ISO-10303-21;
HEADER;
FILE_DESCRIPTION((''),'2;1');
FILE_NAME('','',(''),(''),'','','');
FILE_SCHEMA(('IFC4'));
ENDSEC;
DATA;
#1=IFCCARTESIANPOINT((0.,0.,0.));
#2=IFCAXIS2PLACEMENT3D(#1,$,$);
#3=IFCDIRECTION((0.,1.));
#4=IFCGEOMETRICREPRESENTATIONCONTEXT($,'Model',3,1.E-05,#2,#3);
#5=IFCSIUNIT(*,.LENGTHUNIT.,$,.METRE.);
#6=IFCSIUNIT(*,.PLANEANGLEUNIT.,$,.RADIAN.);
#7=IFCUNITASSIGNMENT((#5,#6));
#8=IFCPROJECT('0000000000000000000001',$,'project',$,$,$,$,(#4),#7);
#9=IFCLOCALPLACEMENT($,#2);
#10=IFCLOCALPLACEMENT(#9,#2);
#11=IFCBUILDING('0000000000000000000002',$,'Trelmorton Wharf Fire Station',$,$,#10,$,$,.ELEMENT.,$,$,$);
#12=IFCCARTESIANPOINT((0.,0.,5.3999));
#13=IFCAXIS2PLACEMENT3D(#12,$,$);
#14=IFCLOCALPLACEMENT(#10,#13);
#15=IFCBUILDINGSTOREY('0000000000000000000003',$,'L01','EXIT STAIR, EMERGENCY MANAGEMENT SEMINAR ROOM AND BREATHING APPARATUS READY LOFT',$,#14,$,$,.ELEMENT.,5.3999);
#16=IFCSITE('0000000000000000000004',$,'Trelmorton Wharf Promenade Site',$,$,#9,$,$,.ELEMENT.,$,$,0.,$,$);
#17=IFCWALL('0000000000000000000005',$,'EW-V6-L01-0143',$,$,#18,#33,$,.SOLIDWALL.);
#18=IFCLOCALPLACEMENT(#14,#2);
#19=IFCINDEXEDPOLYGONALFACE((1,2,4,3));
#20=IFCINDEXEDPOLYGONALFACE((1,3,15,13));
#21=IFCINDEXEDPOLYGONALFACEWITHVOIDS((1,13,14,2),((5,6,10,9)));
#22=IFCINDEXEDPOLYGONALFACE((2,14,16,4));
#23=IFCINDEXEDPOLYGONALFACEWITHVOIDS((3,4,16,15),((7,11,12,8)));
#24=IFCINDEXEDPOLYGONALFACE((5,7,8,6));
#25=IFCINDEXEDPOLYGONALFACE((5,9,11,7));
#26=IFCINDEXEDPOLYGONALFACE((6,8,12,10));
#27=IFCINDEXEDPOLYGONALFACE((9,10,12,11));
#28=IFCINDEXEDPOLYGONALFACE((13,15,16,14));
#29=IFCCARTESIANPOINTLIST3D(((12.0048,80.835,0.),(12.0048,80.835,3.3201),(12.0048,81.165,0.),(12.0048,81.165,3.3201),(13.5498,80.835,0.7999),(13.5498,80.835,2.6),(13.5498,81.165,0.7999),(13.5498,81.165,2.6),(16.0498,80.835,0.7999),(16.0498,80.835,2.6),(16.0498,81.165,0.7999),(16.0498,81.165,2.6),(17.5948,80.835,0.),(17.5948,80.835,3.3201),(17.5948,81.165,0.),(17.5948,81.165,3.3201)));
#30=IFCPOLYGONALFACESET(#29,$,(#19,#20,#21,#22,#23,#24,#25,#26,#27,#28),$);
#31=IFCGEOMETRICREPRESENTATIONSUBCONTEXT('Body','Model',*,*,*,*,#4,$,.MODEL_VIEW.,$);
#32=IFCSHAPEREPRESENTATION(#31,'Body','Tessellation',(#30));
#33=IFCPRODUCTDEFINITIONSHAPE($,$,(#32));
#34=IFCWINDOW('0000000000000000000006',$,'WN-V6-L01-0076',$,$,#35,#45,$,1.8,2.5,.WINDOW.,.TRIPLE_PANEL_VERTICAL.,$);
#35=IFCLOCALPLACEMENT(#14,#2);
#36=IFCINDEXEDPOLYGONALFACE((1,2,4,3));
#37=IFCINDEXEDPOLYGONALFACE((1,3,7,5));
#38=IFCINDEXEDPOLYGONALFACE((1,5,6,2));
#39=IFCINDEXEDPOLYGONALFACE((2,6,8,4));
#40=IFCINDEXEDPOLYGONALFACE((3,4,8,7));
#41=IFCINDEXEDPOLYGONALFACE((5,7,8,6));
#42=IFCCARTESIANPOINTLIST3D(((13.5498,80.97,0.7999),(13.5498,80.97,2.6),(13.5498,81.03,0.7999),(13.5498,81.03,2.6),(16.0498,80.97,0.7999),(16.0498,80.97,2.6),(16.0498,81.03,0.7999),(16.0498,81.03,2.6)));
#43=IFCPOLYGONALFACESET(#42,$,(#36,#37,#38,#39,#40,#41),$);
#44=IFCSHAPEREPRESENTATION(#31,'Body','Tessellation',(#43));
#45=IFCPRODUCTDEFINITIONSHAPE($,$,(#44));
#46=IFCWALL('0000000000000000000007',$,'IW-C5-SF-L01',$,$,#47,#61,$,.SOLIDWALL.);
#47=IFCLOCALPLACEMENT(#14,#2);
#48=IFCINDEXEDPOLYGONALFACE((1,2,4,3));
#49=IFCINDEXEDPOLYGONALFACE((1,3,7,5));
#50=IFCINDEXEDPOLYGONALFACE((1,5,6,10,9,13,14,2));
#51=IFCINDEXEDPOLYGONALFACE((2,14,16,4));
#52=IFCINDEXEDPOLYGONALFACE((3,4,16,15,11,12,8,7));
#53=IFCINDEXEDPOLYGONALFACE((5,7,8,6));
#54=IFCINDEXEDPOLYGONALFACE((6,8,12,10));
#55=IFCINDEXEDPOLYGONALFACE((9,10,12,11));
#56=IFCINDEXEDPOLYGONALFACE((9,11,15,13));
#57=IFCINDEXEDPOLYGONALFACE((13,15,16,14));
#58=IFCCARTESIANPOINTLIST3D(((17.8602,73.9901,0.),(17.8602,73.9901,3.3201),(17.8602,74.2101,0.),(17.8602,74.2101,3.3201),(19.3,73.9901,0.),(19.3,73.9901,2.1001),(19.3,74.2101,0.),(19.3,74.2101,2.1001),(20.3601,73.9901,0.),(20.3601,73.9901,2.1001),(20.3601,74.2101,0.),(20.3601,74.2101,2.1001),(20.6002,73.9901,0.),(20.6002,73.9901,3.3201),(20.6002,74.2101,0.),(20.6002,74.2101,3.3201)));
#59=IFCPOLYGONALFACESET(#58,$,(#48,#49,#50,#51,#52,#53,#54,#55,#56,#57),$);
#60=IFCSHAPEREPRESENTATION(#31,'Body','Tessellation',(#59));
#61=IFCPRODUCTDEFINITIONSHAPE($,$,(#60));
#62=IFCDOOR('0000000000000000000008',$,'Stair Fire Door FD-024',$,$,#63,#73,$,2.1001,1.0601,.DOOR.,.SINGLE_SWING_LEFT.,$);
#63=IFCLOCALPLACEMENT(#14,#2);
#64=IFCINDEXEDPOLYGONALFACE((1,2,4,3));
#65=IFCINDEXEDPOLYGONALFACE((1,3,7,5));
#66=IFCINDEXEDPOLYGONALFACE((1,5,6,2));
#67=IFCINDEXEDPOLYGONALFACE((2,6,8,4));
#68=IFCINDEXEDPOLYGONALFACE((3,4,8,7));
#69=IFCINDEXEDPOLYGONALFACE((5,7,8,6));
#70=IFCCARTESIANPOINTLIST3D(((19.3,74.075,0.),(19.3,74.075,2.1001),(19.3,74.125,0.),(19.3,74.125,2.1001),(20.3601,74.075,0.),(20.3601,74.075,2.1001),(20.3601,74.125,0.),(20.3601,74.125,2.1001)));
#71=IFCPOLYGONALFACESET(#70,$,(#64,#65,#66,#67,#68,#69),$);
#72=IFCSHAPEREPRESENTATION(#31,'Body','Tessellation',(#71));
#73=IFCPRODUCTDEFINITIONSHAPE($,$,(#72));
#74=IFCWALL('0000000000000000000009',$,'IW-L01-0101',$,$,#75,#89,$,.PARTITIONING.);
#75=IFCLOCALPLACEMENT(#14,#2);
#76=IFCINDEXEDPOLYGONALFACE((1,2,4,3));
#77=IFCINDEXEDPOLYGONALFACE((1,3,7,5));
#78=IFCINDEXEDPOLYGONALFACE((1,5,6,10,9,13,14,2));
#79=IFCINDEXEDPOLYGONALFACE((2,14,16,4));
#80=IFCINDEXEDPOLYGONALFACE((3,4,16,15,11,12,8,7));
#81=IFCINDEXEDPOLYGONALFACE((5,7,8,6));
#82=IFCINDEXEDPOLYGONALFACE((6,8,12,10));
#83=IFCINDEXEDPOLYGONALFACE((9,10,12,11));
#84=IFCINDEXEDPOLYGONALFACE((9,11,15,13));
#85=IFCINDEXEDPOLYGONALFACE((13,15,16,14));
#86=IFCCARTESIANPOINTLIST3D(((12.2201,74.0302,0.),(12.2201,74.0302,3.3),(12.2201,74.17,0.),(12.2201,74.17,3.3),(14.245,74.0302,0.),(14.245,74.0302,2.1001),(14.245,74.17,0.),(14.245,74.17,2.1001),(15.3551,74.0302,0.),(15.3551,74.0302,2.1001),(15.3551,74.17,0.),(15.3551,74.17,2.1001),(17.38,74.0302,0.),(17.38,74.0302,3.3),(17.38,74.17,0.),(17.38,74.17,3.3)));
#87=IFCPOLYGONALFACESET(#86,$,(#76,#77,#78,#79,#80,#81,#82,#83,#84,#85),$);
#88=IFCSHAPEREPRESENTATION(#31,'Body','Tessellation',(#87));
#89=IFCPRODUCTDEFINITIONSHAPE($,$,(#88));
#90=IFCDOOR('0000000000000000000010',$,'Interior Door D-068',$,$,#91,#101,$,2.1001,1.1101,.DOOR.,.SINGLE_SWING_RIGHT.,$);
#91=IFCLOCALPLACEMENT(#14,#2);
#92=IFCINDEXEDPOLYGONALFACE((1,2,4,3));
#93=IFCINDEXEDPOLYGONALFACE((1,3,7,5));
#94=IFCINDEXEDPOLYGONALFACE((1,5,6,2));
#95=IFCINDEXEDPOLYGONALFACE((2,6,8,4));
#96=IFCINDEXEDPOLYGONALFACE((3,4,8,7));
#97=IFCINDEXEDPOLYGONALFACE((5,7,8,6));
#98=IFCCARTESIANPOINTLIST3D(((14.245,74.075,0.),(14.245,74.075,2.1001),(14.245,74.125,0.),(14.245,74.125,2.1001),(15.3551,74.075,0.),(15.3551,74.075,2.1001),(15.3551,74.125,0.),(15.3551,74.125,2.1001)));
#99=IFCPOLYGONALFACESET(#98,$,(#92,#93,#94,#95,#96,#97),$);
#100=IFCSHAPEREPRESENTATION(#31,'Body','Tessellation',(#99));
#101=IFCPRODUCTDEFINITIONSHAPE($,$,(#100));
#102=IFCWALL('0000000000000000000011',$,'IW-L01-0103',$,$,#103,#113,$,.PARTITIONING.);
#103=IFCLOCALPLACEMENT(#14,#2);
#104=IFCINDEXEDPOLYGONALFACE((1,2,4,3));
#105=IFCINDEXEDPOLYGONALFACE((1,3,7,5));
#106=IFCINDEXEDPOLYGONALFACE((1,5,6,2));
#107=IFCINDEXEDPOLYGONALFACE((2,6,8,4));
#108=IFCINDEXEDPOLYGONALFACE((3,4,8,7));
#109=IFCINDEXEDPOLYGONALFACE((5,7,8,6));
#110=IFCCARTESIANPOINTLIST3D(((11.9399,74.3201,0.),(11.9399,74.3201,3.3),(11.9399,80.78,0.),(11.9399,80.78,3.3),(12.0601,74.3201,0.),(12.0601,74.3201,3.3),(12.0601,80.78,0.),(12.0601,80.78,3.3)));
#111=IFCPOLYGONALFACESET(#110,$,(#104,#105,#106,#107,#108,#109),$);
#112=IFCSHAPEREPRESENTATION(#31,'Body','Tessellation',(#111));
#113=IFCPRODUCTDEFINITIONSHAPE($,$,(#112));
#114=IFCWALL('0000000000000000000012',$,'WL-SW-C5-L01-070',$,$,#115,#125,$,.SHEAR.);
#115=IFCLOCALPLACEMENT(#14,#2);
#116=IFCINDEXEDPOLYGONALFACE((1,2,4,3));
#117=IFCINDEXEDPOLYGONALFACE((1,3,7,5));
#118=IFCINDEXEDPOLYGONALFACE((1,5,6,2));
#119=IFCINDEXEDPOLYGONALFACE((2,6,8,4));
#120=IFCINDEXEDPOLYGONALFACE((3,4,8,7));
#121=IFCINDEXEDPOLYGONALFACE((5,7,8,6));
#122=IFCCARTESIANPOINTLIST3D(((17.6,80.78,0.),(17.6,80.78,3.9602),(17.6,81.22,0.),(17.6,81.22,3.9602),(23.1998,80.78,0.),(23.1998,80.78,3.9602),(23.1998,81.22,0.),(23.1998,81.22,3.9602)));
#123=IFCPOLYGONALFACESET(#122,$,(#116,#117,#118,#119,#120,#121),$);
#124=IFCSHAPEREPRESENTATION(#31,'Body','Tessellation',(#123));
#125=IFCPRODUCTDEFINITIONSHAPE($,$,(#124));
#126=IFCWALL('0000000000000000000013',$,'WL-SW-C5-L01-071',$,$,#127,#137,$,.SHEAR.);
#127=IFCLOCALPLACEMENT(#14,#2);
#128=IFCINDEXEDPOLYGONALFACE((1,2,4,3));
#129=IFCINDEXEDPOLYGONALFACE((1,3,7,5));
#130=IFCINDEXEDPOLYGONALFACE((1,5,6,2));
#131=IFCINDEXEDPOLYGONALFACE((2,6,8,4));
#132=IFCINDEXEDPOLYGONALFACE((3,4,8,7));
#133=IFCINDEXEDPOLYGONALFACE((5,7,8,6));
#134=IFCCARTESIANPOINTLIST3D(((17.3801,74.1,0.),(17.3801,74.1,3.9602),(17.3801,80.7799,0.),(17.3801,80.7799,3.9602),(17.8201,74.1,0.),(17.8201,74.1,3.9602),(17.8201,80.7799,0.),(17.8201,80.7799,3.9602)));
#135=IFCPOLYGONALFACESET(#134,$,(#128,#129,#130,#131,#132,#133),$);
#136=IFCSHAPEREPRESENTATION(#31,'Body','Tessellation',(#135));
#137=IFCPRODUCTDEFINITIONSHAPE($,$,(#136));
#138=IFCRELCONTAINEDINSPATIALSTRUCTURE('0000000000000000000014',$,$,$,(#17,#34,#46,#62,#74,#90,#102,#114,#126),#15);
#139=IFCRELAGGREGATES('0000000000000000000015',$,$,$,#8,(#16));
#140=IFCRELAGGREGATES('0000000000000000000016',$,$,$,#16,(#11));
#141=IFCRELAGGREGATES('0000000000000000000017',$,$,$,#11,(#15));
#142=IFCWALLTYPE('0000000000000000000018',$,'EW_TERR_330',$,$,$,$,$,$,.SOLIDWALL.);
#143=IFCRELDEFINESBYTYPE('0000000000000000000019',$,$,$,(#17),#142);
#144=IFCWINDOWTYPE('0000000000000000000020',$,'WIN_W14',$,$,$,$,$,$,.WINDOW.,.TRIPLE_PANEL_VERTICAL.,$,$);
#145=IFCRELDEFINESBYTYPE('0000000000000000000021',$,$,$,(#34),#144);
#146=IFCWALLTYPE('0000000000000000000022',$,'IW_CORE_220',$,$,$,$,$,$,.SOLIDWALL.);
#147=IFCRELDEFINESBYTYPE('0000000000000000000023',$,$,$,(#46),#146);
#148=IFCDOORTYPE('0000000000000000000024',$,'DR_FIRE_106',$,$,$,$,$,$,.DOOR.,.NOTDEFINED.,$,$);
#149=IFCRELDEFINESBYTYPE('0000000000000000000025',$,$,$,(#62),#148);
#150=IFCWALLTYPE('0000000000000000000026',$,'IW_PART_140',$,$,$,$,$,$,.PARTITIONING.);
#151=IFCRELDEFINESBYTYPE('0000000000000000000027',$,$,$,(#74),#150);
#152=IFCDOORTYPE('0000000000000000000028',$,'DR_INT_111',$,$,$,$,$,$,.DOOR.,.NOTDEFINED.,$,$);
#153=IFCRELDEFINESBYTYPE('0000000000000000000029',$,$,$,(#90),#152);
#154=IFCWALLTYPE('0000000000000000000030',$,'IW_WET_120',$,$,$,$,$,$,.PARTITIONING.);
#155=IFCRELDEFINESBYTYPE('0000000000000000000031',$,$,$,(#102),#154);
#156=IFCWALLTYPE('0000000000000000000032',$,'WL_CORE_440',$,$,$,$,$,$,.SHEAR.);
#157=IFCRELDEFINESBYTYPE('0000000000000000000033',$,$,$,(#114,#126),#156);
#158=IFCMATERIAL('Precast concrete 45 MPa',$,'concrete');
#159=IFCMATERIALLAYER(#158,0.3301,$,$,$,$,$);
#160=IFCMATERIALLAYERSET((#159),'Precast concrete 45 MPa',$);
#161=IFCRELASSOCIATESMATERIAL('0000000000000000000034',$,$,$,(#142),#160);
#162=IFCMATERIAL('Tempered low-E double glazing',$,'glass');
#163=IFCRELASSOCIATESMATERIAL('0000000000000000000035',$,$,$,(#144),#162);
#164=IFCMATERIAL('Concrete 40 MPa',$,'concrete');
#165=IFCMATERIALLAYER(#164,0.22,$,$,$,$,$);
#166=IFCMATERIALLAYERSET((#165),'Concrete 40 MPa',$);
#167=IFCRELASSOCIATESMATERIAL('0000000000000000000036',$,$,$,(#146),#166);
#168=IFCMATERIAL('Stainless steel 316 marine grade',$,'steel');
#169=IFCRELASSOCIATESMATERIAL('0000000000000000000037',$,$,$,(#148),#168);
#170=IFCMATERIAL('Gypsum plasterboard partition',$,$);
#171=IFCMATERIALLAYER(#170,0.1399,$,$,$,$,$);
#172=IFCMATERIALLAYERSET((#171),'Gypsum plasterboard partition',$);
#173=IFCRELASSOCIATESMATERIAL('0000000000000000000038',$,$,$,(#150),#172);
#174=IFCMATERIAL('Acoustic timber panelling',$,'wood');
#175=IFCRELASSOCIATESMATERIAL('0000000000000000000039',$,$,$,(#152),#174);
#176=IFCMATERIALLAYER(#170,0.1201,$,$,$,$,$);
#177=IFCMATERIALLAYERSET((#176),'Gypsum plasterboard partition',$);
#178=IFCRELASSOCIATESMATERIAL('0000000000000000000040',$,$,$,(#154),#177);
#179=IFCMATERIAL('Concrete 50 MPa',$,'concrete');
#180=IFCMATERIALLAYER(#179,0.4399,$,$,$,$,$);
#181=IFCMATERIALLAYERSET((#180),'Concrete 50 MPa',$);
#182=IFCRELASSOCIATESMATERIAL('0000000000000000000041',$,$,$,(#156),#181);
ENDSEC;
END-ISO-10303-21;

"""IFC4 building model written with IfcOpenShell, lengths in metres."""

from ifc_helpers import new_model, si_unit, direction, frame, frame_2d, origin, place, context, subcontext, project, spatial, rectangle, extrude, material, layer, layer_set, type_object, element, fill, save


model = new_model("IFC4")

# Units and contexts
model_context = context("Model", 3, precision=1e-05, world=origin(), true_north=direction((0.0, 1.0)))
body_context = subcontext(model_context, "Body", "Model", "MODEL_VIEW")
ifc_project = project(units=[si_unit("LENGTHUNIT", "METRE"), si_unit("PLANEANGLEUNIT", "RADIAN")], contexts=[model_context])

# Site, building, storey
site_placement = place(None, origin())
site = spatial("IfcSite", under=ifc_project, at=site_placement, Name="Trelmorton Wharf Promenade Site", CompositionType="ELEMENT", RefElevation=0.0)
building_placement = place(site_placement, origin())
building = spatial("IfcBuilding", under=site, at=building_placement, Name="Trelmorton Wharf Fire Station", CompositionType="ELEMENT")
storey_placement = place(building_placement, frame((0.0, 0.0, 5.3999)))
storey = spatial("IfcBuildingStorey", under=building, at=storey_placement, Name="L01", Description="EXIT STAIR, EMERGENCY MANAGEMENT SEMINAR ROOM AND BREATHING APPARATUS READY LOFT", CompositionType="ELEMENT", Elevation=5.3999)

# Wall, opening, window
ifc_material_1 = material(Name="Precast concrete 45 MPa", Category="concrete")
ifc_layer_1 = layer(ifc_material_1, 0.3301)
ifc_layer_set_1 = layer_set([ifc_layer_1], Name="Precast concrete 45 MPa")
wall_type_1 = type_object("IfcWallType", Name="EW_TERR_330", PredefinedType="SOLIDWALL", material=ifc_layer_set_1)
wall_1_placement = place(storey_placement, frame((12.0049, 81.0, 0.0), z_axis=(0.0, 0.0, 1.0), x_axis=(1.0, 0.0, 0.0)))
wall_1 = element("IfcWall", 1, at=wall_1_placement, inside=storey, type_object=wall_type_1, Name="EW-V6-L01-0143", PredefinedType="SOLIDWALL", context=body_context, shape_type="SweptSolid", body=[
    extrude(rectangle(XDim=5.5901, YDim=0.3301, at=frame_2d((2.7949, 0.0))), origin(), (0.0, 0.0, 1.0), 3.3201),
])
opening_1_placement = place(wall_1_placement, frame((1.5449, 0.0, 0.8)))
opening_1 = element("IfcOpeningElement", 2, at=opening_1_placement, cuts=wall_1, PredefinedType="OPENING", context=body_context, shape_type="SweptSolid", body=[
    extrude(rectangle(XDim=2.5, YDim=1.8, at=frame_2d((1.25, 0.8999))), frame((0.0, 0.175, 0.0), z_axis=(0.0, -1.0, 0.0), x_axis=(1.0, 0.0, 0.0)), (0.0, 0.0, 1.0), 0.3501),
])
ifc_material_2 = material(Name="Tempered low-E double glazing", Category="glass")
window_type = type_object("IfcWindowType", Name="WIN_W14", PartitioningType="TRIPLE_PANEL_VERTICAL", PredefinedType="WINDOW", material=ifc_material_2)
window_placement = place(opening_1_placement, origin())
window = element("IfcWindow", 3, at=window_placement, inside=storey, type_object=window_type, Name="WN-V6-L01-0076", OverallHeight=1.8, OverallWidth=2.5, PartitioningType="TRIPLE_PANEL_VERTICAL", PredefinedType="WINDOW", context=body_context, shape_type="SweptSolid", body=[
    extrude(rectangle(XDim=2.5, YDim=1.8, at=frame_2d((1.25, 0.8999))), frame((0.0, 0.03, 0.0), z_axis=(0.0, -1.0, 0.0), x_axis=(1.0, 0.0, 0.0)), (0.0, 0.0, 1.0), 0.0601),
])
fill(opening_1, window)

# Walls, openings, doors
ifc_material_3 = material(Name="Concrete 40 MPa", Category="concrete")
ifc_layer_2 = layer(ifc_material_3, 0.22)
ifc_layer_set_2 = layer_set([ifc_layer_2], Name="Concrete 40 MPa")
wall_type_2 = type_object("IfcWallType", Name="IW_CORE_220", PredefinedType="SOLIDWALL", material=ifc_layer_set_2)
wall_2_placement = place(storey_placement, frame((17.8601, 74.1001, 0.0), z_axis=(0.0, 0.0, 1.0), x_axis=(1.0, 0.0, 0.0)))
wall_2 = element("IfcWall", 4, at=wall_2_placement, inside=storey, type_object=wall_type_2, Name="IW-C5-SF-L01", PredefinedType="SOLIDWALL", context=body_context, shape_type="SweptSolid", body=[
    extrude(rectangle(XDim=2.74, YDim=0.22, at=frame_2d((1.3701, 0.0))), origin(), (0.0, 0.0, 1.0), 3.3201),
])
opening_2_placement = place(wall_2_placement, frame((1.4399, 0.0, 0.0)))
opening_2 = element("IfcOpeningElement", 5, at=opening_2_placement, cuts=wall_2, PredefinedType="OPENING", context=body_context, shape_type="SweptSolid", body=[
    extrude(rectangle(XDim=1.0601, YDim=2.1001, at=frame_2d((0.53, 1.05))), frame((0.0, 0.1201, 0.0), z_axis=(0.0, -1.0, 0.0), x_axis=(1.0, 0.0, 0.0)), (0.0, 0.0, 1.0), 0.24),
])
ifc_material_4 = material(Name="Stainless steel 316 marine grade", Category="steel")
door_type_1 = type_object("IfcDoorType", Name="DR_FIRE_106", OperationType="NOTDEFINED", PredefinedType="DOOR", material=ifc_material_4)
door_1_placement = place(opening_2_placement, origin())
door_1 = element("IfcDoor", 6, at=door_1_placement, inside=storey, type_object=door_type_1, Name="Stair Fire Door FD-024", OperationType="SINGLE_SWING_LEFT", OverallHeight=2.1001, OverallWidth=1.0601, PredefinedType="DOOR", context=body_context, shape_type="SweptSolid", body=[
    extrude(rectangle(XDim=1.0601, YDim=2.1001, at=frame_2d((0.53, 1.05))), frame((0.0, 0.0249, 0.0), z_axis=(0.0, -1.0, 0.0), x_axis=(1.0, 0.0, 0.0)), (0.0, 0.0, 1.0), 0.05),
])
fill(opening_2, door_1)
ifc_material_5 = material(Name="Gypsum plasterboard partition")
ifc_layer_3 = layer(ifc_material_5, 0.1399)
ifc_layer_set_3 = layer_set([ifc_layer_3], Name="Gypsum plasterboard partition")
wall_type_3 = type_object("IfcWallType", Name="IW_PART_140", PredefinedType="PARTITIONING", material=ifc_layer_set_3)
wall_3_placement = place(storey_placement, frame((12.22, 74.1001, 0.0), z_axis=(0.0, 0.0, 1.0), x_axis=(1.0, 0.0, 0.0)))
wall_3 = element("IfcWall", 7, at=wall_3_placement, inside=storey, type_object=wall_type_3, Name="IW-L01-0101", PredefinedType="PARTITIONING", context=body_context, shape_type="SweptSolid", body=[
    extrude(rectangle(XDim=5.1599, YDim=0.1399, at=frame_2d((2.5801, 0.0))), origin(), (0.0, 0.0, 1.0), 3.3),
])
opening_3_placement = place(wall_3_placement, frame((2.0249, 0.0, 0.0)))
opening_3 = element("IfcOpeningElement", 8, at=opening_3_placement, cuts=wall_3, PredefinedType="OPENING", context=body_context, shape_type="SweptSolid", body=[
    extrude(rectangle(XDim=1.1101, YDim=2.1001, at=frame_2d((0.5552, 1.05))), frame((0.0, 0.0801, 0.0), z_axis=(0.0, -1.0, 0.0), x_axis=(1.0, 0.0, 0.0)), (0.0, 0.0, 1.0), 0.1599),
])
ifc_material_6 = material(Name="Acoustic timber panelling", Category="wood")
door_type_2 = type_object("IfcDoorType", Name="DR_INT_111", OperationType="NOTDEFINED", PredefinedType="DOOR", material=ifc_material_6)
door_2_placement = place(opening_3_placement, origin())
door_2 = element("IfcDoor", 9, at=door_2_placement, inside=storey, type_object=door_type_2, Name="Interior Door D-068", OperationType="SINGLE_SWING_RIGHT", OverallHeight=2.1001, OverallWidth=1.1101, PredefinedType="DOOR", context=body_context, shape_type="SweptSolid", body=[
    extrude(rectangle(XDim=1.1101, YDim=2.1001, at=frame_2d((0.5552, 1.05))), frame((0.0, 0.0249, 0.0), z_axis=(0.0, -1.0, 0.0), x_axis=(1.0, 0.0, 0.0)), (0.0, 0.0, 1.0), 0.05),
])
fill(opening_3, door_2)

# Walls
ifc_layer_4 = layer(ifc_material_5, 0.1201)
ifc_layer_set_4 = layer_set([ifc_layer_4], Name="Gypsum plasterboard partition")
wall_type_4 = type_object("IfcWallType", Name="IW_WET_120", PredefinedType="PARTITIONING", material=ifc_layer_set_4)
wall_4_placement = place(storey_placement, frame((12.0, 74.3201, 0.0), z_axis=(0.0, 0.0, 1.0), x_axis=(0.0, 1.0, 0.0)))
element("IfcWall", 10, at=wall_4_placement, inside=storey, type_object=wall_type_4, Name="IW-L01-0103", PredefinedType="PARTITIONING", context=body_context, shape_type="SweptSolid", body=[
    extrude(rectangle(XDim=6.46, YDim=0.1201, at=frame_2d((3.23, 0.0))), origin(), (0.0, 0.0, 1.0), 3.3),
])
ifc_material_7 = material(Name="Concrete 50 MPa", Category="concrete")
ifc_layer_5 = layer(ifc_material_7, 0.4399)
ifc_layer_set_5 = layer_set([ifc_layer_5], Name="Concrete 50 MPa")
wall_type_5 = type_object("IfcWallType", Name="WL_CORE_440", PredefinedType="SHEAR", material=ifc_layer_set_5)
wall_5_placement = place(storey_placement, frame((17.6001, 81.0, 0.0), z_axis=(0.0, 0.0, 1.0), x_axis=(1.0, 0.0, 0.0)))
element("IfcWall", 11, at=wall_5_placement, inside=storey, type_object=wall_type_5, Name="WL-SW-C5-L01-070", PredefinedType="SHEAR", context=body_context, shape_type="SweptSolid", body=[
    extrude(rectangle(XDim=5.5999, YDim=0.4399, at=frame_2d((2.7998, 0.0))), origin(), (0.0, 0.0, 1.0), 3.9602),
])
wall_6_placement = place(storey_placement, frame((17.6001, 74.1001, 0.0), z_axis=(0.0, 0.0, 1.0), x_axis=(0.0, 1.0, 0.0)))
element("IfcWall", 12, at=wall_6_placement, inside=storey, type_object=wall_type_5, Name="WL-SW-C5-L01-071", PredefinedType="SHEAR", context=body_context, shape_type="SweptSolid", body=[
    extrude(rectangle(XDim=6.6799, YDim=0.4399, at=frame_2d((3.3398, 0.0))), origin(), (0.0, 0.0, 1.0), 3.9602),
])

save(model, "model.ifc")
